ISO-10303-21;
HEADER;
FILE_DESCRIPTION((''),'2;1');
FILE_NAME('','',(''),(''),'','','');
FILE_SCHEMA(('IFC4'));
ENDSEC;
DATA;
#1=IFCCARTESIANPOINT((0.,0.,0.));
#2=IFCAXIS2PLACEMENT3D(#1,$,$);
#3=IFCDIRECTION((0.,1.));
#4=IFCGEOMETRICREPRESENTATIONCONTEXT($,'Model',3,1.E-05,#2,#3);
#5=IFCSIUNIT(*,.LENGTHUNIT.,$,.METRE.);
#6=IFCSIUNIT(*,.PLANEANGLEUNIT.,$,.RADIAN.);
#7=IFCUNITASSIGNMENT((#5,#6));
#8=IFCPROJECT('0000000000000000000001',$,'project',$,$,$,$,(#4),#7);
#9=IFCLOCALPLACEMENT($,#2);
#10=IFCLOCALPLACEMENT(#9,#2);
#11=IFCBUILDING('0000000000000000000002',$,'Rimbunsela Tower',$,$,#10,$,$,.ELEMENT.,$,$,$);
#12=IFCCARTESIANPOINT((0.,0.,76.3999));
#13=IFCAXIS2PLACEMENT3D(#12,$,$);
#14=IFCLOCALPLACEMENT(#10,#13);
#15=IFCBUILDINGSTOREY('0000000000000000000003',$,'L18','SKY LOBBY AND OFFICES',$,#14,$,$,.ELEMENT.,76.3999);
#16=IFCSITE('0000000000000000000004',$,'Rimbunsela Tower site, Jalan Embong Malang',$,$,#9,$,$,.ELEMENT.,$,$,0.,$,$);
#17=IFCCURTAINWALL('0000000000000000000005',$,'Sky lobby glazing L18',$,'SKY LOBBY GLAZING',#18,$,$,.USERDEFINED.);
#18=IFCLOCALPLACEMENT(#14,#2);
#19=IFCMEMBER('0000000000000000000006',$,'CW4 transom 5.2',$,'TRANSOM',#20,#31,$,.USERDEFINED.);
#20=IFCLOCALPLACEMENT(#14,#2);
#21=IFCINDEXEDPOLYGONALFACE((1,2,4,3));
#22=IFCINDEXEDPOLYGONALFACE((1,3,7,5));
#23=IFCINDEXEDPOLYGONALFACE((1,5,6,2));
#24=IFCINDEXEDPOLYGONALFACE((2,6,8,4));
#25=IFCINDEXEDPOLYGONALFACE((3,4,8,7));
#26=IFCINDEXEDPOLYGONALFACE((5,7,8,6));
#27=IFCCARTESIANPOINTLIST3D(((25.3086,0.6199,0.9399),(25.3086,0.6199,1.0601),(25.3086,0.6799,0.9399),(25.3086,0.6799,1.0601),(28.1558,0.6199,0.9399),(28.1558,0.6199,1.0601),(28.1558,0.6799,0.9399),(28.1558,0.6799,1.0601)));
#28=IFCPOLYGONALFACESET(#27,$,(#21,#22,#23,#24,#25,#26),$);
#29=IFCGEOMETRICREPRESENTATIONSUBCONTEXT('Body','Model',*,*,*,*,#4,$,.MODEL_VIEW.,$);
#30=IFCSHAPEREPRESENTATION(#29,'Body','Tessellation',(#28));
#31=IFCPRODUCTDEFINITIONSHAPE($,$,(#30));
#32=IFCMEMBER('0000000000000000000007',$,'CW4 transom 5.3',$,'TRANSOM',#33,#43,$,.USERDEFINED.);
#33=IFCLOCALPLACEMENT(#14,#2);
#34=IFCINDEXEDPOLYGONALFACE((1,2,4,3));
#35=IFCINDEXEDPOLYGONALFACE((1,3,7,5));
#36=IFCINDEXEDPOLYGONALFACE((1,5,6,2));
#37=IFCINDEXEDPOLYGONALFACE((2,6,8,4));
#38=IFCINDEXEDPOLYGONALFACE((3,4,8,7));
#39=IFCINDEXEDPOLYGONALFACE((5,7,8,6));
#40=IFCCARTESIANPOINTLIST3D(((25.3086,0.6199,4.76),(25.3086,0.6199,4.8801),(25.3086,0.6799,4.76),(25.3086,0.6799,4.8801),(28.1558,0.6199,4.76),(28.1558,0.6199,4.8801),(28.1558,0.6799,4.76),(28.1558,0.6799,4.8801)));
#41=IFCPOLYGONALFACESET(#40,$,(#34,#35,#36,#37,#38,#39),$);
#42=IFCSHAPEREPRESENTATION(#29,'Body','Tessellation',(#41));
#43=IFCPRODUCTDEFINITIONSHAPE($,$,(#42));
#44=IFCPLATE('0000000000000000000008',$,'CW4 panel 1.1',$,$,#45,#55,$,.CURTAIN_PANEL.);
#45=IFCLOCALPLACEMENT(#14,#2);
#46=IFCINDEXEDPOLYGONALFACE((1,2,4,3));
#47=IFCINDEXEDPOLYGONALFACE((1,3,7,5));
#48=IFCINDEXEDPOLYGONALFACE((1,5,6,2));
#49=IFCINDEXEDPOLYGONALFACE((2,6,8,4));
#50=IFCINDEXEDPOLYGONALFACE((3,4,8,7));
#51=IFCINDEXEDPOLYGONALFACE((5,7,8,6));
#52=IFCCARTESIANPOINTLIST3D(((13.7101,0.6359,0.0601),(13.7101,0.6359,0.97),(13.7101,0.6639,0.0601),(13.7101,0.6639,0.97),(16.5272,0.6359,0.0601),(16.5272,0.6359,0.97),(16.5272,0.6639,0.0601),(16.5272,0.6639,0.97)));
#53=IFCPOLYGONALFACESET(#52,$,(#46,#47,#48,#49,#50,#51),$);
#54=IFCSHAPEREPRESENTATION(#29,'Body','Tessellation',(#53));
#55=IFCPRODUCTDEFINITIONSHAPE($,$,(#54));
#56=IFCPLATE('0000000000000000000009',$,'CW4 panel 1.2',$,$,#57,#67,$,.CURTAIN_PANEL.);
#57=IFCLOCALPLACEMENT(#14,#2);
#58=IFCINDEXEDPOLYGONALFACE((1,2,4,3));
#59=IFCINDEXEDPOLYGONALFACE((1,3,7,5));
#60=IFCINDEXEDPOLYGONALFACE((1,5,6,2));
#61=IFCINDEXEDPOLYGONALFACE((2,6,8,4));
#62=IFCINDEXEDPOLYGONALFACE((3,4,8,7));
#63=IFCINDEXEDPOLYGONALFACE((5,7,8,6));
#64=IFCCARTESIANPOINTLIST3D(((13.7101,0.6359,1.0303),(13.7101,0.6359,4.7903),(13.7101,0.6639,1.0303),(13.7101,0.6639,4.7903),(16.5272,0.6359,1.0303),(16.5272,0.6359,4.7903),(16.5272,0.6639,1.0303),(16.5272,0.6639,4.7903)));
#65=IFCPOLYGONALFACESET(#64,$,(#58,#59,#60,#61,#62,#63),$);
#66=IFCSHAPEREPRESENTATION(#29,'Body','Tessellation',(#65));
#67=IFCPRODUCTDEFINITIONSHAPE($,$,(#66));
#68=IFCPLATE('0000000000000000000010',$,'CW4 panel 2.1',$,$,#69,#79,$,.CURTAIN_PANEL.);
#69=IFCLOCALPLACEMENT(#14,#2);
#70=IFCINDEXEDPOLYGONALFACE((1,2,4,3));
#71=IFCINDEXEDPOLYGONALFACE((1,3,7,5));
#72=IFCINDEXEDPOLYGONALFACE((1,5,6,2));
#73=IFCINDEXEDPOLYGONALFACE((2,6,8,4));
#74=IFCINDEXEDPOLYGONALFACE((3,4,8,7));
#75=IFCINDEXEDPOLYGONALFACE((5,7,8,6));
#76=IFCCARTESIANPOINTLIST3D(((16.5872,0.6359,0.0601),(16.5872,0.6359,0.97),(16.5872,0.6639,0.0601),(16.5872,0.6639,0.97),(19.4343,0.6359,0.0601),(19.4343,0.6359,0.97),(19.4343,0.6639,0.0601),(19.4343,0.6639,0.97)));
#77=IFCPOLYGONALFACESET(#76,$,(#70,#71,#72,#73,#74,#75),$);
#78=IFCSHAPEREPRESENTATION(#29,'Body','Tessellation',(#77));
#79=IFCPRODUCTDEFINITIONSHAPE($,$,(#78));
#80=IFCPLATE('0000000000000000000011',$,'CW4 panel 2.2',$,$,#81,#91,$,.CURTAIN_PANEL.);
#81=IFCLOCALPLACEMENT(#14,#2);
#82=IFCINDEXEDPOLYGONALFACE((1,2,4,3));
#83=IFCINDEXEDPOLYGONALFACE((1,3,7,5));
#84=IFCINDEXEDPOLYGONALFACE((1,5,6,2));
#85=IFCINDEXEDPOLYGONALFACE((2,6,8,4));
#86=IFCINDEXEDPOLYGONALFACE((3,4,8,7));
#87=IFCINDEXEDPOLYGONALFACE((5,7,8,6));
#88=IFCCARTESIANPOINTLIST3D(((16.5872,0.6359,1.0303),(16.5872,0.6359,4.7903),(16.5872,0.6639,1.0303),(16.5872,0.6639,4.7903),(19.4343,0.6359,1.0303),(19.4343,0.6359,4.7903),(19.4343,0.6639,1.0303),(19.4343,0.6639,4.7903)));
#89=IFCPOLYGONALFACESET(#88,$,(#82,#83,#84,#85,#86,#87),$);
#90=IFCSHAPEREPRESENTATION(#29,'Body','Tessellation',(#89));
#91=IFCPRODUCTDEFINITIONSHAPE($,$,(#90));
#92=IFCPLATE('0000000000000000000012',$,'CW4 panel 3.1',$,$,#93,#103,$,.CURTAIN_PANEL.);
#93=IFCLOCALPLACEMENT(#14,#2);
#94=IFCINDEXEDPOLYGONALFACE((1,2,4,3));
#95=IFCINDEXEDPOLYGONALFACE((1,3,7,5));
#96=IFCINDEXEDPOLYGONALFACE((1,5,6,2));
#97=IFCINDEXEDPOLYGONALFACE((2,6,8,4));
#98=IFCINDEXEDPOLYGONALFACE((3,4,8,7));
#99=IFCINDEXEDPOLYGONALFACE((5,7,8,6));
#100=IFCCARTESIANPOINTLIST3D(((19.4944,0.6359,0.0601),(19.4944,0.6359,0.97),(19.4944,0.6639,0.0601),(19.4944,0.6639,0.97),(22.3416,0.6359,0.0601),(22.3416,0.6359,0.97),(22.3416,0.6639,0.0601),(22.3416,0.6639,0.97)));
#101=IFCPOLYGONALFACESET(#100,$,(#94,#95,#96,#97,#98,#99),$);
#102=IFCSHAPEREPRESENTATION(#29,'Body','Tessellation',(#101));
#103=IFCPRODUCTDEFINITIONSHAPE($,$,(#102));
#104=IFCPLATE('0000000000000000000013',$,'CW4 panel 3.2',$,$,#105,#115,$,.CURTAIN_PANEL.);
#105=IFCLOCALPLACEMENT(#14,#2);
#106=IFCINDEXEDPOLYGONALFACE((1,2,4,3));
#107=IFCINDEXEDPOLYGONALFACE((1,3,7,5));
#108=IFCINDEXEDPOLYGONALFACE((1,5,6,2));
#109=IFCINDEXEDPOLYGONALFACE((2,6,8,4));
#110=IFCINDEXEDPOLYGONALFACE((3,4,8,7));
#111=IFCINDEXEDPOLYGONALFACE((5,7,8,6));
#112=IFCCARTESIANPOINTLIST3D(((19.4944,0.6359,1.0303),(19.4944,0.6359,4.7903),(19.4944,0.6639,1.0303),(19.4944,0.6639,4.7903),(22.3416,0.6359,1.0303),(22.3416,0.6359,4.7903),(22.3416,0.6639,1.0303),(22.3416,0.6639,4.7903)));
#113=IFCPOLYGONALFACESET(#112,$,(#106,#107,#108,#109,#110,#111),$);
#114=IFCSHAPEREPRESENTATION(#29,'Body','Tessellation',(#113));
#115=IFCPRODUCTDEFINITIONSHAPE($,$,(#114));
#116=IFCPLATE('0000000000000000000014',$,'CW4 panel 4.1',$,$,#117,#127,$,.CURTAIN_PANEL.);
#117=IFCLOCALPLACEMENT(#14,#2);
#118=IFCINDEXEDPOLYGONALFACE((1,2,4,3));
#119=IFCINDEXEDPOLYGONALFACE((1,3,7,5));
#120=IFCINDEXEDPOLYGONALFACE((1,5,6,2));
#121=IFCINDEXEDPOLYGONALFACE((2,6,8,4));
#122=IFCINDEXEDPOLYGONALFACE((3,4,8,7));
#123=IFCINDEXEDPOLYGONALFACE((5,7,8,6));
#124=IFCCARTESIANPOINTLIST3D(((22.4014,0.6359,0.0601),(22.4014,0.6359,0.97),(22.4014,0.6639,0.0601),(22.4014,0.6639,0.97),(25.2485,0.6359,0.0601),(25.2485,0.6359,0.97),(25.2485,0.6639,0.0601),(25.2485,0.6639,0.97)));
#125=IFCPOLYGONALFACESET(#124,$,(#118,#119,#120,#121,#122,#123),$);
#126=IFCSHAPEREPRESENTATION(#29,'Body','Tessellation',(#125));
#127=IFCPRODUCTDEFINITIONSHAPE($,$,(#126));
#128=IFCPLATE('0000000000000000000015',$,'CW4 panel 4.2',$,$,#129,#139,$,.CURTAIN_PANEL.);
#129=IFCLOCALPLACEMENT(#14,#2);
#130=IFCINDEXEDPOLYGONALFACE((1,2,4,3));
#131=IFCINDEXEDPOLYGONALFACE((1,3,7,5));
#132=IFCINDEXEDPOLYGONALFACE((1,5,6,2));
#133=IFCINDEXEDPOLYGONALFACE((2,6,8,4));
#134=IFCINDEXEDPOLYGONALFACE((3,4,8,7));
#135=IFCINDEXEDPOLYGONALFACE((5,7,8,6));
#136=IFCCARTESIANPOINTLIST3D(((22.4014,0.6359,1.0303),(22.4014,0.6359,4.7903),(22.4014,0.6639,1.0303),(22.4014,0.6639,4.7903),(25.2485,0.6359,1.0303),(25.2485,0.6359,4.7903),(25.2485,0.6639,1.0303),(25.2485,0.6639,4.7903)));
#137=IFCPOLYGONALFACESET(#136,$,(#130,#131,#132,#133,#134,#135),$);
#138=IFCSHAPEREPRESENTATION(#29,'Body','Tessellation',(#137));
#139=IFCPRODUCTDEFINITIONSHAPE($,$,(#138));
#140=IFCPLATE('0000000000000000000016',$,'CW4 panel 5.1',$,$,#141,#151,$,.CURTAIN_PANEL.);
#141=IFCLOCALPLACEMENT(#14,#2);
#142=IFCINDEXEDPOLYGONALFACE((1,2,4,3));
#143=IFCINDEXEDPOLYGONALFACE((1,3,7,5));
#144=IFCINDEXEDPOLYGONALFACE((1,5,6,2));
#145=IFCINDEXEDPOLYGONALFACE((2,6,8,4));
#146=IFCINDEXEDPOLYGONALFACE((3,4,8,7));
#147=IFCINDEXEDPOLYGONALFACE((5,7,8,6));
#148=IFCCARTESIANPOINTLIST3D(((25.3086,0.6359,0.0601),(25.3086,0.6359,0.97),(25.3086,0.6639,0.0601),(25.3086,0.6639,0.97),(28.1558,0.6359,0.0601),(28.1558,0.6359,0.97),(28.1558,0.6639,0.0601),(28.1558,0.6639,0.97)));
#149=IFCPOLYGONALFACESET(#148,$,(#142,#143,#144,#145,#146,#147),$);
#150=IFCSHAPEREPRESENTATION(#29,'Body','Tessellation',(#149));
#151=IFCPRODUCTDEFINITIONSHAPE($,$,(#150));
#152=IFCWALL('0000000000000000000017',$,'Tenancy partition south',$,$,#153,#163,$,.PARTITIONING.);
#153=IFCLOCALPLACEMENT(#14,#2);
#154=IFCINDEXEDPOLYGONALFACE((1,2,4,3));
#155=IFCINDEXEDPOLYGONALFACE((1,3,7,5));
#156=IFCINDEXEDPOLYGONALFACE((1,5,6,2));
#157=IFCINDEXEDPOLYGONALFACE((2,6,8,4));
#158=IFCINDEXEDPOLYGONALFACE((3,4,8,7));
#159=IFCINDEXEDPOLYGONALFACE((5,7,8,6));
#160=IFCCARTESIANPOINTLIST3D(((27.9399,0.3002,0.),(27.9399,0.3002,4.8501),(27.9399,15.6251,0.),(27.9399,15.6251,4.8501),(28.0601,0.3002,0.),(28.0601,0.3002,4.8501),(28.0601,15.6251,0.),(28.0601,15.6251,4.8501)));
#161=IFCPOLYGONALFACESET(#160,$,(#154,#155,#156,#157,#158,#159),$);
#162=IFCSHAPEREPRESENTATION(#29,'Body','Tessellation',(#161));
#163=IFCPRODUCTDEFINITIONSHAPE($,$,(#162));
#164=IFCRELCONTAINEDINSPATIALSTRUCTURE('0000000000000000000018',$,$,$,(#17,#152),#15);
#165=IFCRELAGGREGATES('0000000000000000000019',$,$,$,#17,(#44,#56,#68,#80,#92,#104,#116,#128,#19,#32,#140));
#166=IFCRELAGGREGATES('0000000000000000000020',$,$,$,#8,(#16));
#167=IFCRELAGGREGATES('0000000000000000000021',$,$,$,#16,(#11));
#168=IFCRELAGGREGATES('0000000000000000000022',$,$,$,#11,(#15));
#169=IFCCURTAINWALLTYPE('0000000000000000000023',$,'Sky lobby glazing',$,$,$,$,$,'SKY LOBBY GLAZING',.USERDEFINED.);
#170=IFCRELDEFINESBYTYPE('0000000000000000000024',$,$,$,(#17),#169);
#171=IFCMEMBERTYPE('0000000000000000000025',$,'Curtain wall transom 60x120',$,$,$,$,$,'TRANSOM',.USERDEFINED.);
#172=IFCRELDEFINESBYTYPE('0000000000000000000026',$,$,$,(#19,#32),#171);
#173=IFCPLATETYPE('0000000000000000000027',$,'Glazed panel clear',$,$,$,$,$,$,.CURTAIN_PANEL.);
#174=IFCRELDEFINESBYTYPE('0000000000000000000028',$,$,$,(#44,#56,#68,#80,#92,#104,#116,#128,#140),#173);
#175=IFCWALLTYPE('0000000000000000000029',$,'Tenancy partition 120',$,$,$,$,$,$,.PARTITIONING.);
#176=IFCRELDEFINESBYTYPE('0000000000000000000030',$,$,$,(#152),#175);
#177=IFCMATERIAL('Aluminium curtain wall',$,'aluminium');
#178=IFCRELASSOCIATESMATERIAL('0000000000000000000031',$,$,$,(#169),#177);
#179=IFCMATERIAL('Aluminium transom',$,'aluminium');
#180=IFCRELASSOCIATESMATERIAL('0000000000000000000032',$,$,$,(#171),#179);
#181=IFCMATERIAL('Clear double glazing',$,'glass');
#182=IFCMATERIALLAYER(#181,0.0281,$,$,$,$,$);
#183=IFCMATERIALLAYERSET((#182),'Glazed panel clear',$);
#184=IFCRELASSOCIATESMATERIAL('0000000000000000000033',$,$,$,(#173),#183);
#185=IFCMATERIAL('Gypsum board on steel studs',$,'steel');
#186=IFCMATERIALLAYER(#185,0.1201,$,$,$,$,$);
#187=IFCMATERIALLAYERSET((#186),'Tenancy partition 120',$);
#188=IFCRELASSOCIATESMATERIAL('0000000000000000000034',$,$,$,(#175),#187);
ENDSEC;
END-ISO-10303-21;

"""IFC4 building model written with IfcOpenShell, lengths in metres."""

from ifc_helpers import new_model, si_unit, direction, frame, frame_2d, origin, origin_2d, place, context, subcontext, project, spatial, rectangle, extrude, material, layer, layer_set, material_profile, profile_set, type_object, element, aggregate, save


model = new_model("IFC4")

# Units and contexts
model_context = context("Model", 3, precision=1e-05, world=origin(), true_north=direction((0.0, 1.0)))
body_context = subcontext(model_context, "Body", "Model", "MODEL_VIEW")
ifc_project = project(units=[si_unit("LENGTHUNIT", "METRE"), si_unit("PLANEANGLEUNIT", "RADIAN")], contexts=[model_context])

# Site, building, storey
site_placement = place(None, origin())
site = spatial("IfcSite", under=ifc_project, at=site_placement, Name="Rimbunsela Tower site, Jalan Embong Malang", CompositionType="ELEMENT", RefElevation=0.0)
building_placement = place(site_placement, origin())
building = spatial("IfcBuilding", under=site, at=building_placement, Name="Rimbunsela Tower", CompositionType="ELEMENT")
storey_placement = place(building_placement, frame((0.0, 0.0, 76.3999)))
storey = spatial("IfcBuildingStorey", under=building, at=storey_placement, Name="L18", Description="SKY LOBBY AND OFFICES", CompositionType="ELEMENT", Elevation=76.3999)

# Curtain wall, members, plates
ifc_material_1 = material(Name="Aluminium curtain wall", Category="aluminium")
curtain_wall_type = type_object("IfcCurtainWallType", Name="Sky lobby glazing", ElementType="SKY LOBBY GLAZING", PredefinedType="USERDEFINED", material=ifc_material_1)
curtain_wall_placement = place(storey_placement, origin())
curtain_wall = element("IfcCurtainWall", 1, at=curtain_wall_placement, inside=storey, type_object=curtain_wall_type, Name="Sky lobby glazing L18", ObjectType="SKY LOBBY GLAZING", PredefinedType="USERDEFINED")
ifc_material_2 = material(Name="Aluminium transom", Category="aluminium")
ifc_material_profile_1 = material_profile(ifc_material_2, rectangle(XDim=0.0601, YDim=0.1201, at=origin_2d()), Name="Transom 60x120")
ifc_profile_set_1 = profile_set([ifc_material_profile_1], Name="Aluminium transom")
member_type_1 = type_object("IfcMemberType", Name="Curtain wall transom 60x120", ElementType="TRANSOM", PredefinedType="USERDEFINED", material=ifc_profile_set_1)
member_1_placement = place(storey_placement, frame((25.3086, 0.6499, 1.0), z_axis=(1.0, 0.0, 0.0), x_axis=(0.0, 1.0, 0.0)))
member_1 = element("IfcMember", 2, at=member_1_placement, type_object=member_type_1, Name="CW4 transom 5.2", ObjectType="TRANSOM", PredefinedType="USERDEFINED", context=body_context, shape_type="SweptSolid", body=[
    extrude(rectangle(XDim=0.0601, YDim=0.1201, at=origin_2d()), origin(), (0.0, 0.0, 1.0), 2.8472),
])
member_2_placement = place(storey_placement, frame((25.3086, 0.6499, 4.8201), z_axis=(1.0, 0.0, 0.0), x_axis=(0.0, 1.0, 0.0)))
member_2 = element("IfcMember", 3, at=member_2_placement, type_object=member_type_1, Name="CW4 transom 5.3", ObjectType="TRANSOM", PredefinedType="USERDEFINED", context=body_context, shape_type="SweptSolid", body=[
    extrude(rectangle(XDim=0.0601, YDim=0.1201, at=origin_2d()), origin(), (0.0, 0.0, 1.0), 2.8472),
])
ifc_material_3 = material(Name="Clear double glazing", Category="glass")
ifc_layer_1 = layer(ifc_material_3, 0.0281)
ifc_layer_set_1 = layer_set([ifc_layer_1], Name="Glazed panel clear")
plate_type = type_object("IfcPlateType", Name="Glazed panel clear", PredefinedType="CURTAIN_PANEL", material=ifc_layer_set_1)
plate_1_placement = place(storey_placement, frame((15.1187, 0.6499, 0.0601), z_axis=(0.0, 0.0, 1.0), x_axis=(1.0, 0.0, 0.0)))
plate_1 = element("IfcPlate", 4, at=plate_1_placement, type_object=plate_type, Name="CW4 panel 1.1", PredefinedType="CURTAIN_PANEL", context=body_context, shape_type="SweptSolid", body=[
    extrude(rectangle(XDim=2.8171, YDim=0.0281, at=origin_2d()), origin(), (0.0, 0.0, 1.0), 0.9099),
])
plate_2_placement = place(storey_placement, frame((15.1187, 0.6499, 1.0303), z_axis=(0.0, 0.0, 1.0), x_axis=(1.0, 0.0, 0.0)))
plate_2 = element("IfcPlate", 5, at=plate_2_placement, type_object=plate_type, Name="CW4 panel 1.2", PredefinedType="CURTAIN_PANEL", context=body_context, shape_type="SweptSolid", body=[
    extrude(rectangle(XDim=2.8171, YDim=0.0281, at=origin_2d()), origin(), (0.0, 0.0, 1.0), 3.76),
])
plate_3_placement = place(storey_placement, frame((18.0107, 0.6499, 0.0601), z_axis=(0.0, 0.0, 1.0), x_axis=(1.0, 0.0, 0.0)))
plate_3 = element("IfcPlate", 6, at=plate_3_placement, type_object=plate_type, Name="CW4 panel 2.1", PredefinedType="CURTAIN_PANEL", context=body_context, shape_type="SweptSolid", body=[
    extrude(rectangle(XDim=2.8472, YDim=0.0281, at=origin_2d()), origin(), (0.0, 0.0, 1.0), 0.9099),
])
plate_4_placement = place(storey_placement, frame((18.0107, 0.6499, 1.0303), z_axis=(0.0, 0.0, 1.0), x_axis=(1.0, 0.0, 0.0)))
plate_4 = element("IfcPlate", 7, at=plate_4_placement, type_object=plate_type, Name="CW4 panel 2.2", PredefinedType="CURTAIN_PANEL", context=body_context, shape_type="SweptSolid", body=[
    extrude(rectangle(XDim=2.8472, YDim=0.0281, at=origin_2d()), origin(), (0.0, 0.0, 1.0), 3.76),
])
plate_5_placement = place(storey_placement, frame((20.918, 0.6499, 0.0601), z_axis=(0.0, 0.0, 1.0), x_axis=(1.0, 0.0, 0.0)))
plate_5 = element("IfcPlate", 8, at=plate_5_placement, type_object=plate_type, Name="CW4 panel 3.1", PredefinedType="CURTAIN_PANEL", context=body_context, shape_type="SweptSolid", body=[
    extrude(rectangle(XDim=2.8472, YDim=0.0281, at=origin_2d()), origin(), (0.0, 0.0, 1.0), 0.9099),
])
plate_6_placement = place(storey_placement, frame((20.918, 0.6499, 1.0303), z_axis=(0.0, 0.0, 1.0), x_axis=(1.0, 0.0, 0.0)))
plate_6 = element("IfcPlate", 9, at=plate_6_placement, type_object=plate_type, Name="CW4 panel 3.2", PredefinedType="CURTAIN_PANEL", context=body_context, shape_type="SweptSolid", body=[
    extrude(rectangle(XDim=2.8472, YDim=0.0281, at=origin_2d()), origin(), (0.0, 0.0, 1.0), 3.76),
])
plate_7_placement = place(storey_placement, frame((23.825, 0.6499, 0.0601), z_axis=(0.0, 0.0, 1.0), x_axis=(1.0, 0.0, 0.0)))
plate_7 = element("IfcPlate", 10, at=plate_7_placement, type_object=plate_type, Name="CW4 panel 4.1", PredefinedType="CURTAIN_PANEL", context=body_context, shape_type="SweptSolid", body=[
    extrude(rectangle(XDim=2.8472, YDim=0.0281, at=origin_2d()), origin(), (0.0, 0.0, 1.0), 0.9099),
])
plate_8_placement = place(storey_placement, frame((23.825, 0.6499, 1.0303), z_axis=(0.0, 0.0, 1.0), x_axis=(1.0, 0.0, 0.0)))
plate_8 = element("IfcPlate", 11, at=plate_8_placement, type_object=plate_type, Name="CW4 panel 4.2", PredefinedType="CURTAIN_PANEL", context=body_context, shape_type="SweptSolid", body=[
    extrude(rectangle(XDim=2.8472, YDim=0.0281, at=origin_2d()), origin(), (0.0, 0.0, 1.0), 3.76),
])
plate_9_placement = place(storey_placement, frame((26.7322, 0.6499, 0.0601), z_axis=(0.0, 0.0, 1.0), x_axis=(1.0, 0.0, 0.0)))
plate_9 = element("IfcPlate", 12, at=plate_9_placement, type_object=plate_type, Name="CW4 panel 5.1", PredefinedType="CURTAIN_PANEL", context=body_context, shape_type="SweptSolid", body=[
    extrude(rectangle(XDim=2.8472, YDim=0.0281, at=origin_2d()), origin(), (0.0, 0.0, 1.0), 0.9099),
])
aggregate(curtain_wall, [plate_1, plate_2, plate_3, plate_4, plate_5, plate_6, plate_7, plate_8, member_1, member_2, plate_9])

# Wall
ifc_material_4 = material(Name="Gypsum board on steel studs", Category="steel")
ifc_layer_2 = layer(ifc_material_4, 0.1201)
ifc_layer_set_2 = layer_set([ifc_layer_2], Name="Tenancy partition 120")
wall_type = type_object("IfcWallType", Name="Tenancy partition 120", PredefinedType="PARTITIONING", material=ifc_layer_set_2)
wall_placement = place(storey_placement, frame((28.0, 0.3, 0.0), z_axis=(0.0, 0.0, 1.0), x_axis=(0.0, 1.0, 0.0)))
element("IfcWall", 13, at=wall_placement, inside=storey, type_object=wall_type, Name="Tenancy partition south", PredefinedType="PARTITIONING", context=body_context, shape_type="SweptSolid", body=[
    extrude(rectangle(XDim=15.325, YDim=0.1201, at=frame_2d((7.6626, 0.0))), origin(), (0.0, 0.0, 1.0), 4.8501),
])

save(model, "model.ifc")
